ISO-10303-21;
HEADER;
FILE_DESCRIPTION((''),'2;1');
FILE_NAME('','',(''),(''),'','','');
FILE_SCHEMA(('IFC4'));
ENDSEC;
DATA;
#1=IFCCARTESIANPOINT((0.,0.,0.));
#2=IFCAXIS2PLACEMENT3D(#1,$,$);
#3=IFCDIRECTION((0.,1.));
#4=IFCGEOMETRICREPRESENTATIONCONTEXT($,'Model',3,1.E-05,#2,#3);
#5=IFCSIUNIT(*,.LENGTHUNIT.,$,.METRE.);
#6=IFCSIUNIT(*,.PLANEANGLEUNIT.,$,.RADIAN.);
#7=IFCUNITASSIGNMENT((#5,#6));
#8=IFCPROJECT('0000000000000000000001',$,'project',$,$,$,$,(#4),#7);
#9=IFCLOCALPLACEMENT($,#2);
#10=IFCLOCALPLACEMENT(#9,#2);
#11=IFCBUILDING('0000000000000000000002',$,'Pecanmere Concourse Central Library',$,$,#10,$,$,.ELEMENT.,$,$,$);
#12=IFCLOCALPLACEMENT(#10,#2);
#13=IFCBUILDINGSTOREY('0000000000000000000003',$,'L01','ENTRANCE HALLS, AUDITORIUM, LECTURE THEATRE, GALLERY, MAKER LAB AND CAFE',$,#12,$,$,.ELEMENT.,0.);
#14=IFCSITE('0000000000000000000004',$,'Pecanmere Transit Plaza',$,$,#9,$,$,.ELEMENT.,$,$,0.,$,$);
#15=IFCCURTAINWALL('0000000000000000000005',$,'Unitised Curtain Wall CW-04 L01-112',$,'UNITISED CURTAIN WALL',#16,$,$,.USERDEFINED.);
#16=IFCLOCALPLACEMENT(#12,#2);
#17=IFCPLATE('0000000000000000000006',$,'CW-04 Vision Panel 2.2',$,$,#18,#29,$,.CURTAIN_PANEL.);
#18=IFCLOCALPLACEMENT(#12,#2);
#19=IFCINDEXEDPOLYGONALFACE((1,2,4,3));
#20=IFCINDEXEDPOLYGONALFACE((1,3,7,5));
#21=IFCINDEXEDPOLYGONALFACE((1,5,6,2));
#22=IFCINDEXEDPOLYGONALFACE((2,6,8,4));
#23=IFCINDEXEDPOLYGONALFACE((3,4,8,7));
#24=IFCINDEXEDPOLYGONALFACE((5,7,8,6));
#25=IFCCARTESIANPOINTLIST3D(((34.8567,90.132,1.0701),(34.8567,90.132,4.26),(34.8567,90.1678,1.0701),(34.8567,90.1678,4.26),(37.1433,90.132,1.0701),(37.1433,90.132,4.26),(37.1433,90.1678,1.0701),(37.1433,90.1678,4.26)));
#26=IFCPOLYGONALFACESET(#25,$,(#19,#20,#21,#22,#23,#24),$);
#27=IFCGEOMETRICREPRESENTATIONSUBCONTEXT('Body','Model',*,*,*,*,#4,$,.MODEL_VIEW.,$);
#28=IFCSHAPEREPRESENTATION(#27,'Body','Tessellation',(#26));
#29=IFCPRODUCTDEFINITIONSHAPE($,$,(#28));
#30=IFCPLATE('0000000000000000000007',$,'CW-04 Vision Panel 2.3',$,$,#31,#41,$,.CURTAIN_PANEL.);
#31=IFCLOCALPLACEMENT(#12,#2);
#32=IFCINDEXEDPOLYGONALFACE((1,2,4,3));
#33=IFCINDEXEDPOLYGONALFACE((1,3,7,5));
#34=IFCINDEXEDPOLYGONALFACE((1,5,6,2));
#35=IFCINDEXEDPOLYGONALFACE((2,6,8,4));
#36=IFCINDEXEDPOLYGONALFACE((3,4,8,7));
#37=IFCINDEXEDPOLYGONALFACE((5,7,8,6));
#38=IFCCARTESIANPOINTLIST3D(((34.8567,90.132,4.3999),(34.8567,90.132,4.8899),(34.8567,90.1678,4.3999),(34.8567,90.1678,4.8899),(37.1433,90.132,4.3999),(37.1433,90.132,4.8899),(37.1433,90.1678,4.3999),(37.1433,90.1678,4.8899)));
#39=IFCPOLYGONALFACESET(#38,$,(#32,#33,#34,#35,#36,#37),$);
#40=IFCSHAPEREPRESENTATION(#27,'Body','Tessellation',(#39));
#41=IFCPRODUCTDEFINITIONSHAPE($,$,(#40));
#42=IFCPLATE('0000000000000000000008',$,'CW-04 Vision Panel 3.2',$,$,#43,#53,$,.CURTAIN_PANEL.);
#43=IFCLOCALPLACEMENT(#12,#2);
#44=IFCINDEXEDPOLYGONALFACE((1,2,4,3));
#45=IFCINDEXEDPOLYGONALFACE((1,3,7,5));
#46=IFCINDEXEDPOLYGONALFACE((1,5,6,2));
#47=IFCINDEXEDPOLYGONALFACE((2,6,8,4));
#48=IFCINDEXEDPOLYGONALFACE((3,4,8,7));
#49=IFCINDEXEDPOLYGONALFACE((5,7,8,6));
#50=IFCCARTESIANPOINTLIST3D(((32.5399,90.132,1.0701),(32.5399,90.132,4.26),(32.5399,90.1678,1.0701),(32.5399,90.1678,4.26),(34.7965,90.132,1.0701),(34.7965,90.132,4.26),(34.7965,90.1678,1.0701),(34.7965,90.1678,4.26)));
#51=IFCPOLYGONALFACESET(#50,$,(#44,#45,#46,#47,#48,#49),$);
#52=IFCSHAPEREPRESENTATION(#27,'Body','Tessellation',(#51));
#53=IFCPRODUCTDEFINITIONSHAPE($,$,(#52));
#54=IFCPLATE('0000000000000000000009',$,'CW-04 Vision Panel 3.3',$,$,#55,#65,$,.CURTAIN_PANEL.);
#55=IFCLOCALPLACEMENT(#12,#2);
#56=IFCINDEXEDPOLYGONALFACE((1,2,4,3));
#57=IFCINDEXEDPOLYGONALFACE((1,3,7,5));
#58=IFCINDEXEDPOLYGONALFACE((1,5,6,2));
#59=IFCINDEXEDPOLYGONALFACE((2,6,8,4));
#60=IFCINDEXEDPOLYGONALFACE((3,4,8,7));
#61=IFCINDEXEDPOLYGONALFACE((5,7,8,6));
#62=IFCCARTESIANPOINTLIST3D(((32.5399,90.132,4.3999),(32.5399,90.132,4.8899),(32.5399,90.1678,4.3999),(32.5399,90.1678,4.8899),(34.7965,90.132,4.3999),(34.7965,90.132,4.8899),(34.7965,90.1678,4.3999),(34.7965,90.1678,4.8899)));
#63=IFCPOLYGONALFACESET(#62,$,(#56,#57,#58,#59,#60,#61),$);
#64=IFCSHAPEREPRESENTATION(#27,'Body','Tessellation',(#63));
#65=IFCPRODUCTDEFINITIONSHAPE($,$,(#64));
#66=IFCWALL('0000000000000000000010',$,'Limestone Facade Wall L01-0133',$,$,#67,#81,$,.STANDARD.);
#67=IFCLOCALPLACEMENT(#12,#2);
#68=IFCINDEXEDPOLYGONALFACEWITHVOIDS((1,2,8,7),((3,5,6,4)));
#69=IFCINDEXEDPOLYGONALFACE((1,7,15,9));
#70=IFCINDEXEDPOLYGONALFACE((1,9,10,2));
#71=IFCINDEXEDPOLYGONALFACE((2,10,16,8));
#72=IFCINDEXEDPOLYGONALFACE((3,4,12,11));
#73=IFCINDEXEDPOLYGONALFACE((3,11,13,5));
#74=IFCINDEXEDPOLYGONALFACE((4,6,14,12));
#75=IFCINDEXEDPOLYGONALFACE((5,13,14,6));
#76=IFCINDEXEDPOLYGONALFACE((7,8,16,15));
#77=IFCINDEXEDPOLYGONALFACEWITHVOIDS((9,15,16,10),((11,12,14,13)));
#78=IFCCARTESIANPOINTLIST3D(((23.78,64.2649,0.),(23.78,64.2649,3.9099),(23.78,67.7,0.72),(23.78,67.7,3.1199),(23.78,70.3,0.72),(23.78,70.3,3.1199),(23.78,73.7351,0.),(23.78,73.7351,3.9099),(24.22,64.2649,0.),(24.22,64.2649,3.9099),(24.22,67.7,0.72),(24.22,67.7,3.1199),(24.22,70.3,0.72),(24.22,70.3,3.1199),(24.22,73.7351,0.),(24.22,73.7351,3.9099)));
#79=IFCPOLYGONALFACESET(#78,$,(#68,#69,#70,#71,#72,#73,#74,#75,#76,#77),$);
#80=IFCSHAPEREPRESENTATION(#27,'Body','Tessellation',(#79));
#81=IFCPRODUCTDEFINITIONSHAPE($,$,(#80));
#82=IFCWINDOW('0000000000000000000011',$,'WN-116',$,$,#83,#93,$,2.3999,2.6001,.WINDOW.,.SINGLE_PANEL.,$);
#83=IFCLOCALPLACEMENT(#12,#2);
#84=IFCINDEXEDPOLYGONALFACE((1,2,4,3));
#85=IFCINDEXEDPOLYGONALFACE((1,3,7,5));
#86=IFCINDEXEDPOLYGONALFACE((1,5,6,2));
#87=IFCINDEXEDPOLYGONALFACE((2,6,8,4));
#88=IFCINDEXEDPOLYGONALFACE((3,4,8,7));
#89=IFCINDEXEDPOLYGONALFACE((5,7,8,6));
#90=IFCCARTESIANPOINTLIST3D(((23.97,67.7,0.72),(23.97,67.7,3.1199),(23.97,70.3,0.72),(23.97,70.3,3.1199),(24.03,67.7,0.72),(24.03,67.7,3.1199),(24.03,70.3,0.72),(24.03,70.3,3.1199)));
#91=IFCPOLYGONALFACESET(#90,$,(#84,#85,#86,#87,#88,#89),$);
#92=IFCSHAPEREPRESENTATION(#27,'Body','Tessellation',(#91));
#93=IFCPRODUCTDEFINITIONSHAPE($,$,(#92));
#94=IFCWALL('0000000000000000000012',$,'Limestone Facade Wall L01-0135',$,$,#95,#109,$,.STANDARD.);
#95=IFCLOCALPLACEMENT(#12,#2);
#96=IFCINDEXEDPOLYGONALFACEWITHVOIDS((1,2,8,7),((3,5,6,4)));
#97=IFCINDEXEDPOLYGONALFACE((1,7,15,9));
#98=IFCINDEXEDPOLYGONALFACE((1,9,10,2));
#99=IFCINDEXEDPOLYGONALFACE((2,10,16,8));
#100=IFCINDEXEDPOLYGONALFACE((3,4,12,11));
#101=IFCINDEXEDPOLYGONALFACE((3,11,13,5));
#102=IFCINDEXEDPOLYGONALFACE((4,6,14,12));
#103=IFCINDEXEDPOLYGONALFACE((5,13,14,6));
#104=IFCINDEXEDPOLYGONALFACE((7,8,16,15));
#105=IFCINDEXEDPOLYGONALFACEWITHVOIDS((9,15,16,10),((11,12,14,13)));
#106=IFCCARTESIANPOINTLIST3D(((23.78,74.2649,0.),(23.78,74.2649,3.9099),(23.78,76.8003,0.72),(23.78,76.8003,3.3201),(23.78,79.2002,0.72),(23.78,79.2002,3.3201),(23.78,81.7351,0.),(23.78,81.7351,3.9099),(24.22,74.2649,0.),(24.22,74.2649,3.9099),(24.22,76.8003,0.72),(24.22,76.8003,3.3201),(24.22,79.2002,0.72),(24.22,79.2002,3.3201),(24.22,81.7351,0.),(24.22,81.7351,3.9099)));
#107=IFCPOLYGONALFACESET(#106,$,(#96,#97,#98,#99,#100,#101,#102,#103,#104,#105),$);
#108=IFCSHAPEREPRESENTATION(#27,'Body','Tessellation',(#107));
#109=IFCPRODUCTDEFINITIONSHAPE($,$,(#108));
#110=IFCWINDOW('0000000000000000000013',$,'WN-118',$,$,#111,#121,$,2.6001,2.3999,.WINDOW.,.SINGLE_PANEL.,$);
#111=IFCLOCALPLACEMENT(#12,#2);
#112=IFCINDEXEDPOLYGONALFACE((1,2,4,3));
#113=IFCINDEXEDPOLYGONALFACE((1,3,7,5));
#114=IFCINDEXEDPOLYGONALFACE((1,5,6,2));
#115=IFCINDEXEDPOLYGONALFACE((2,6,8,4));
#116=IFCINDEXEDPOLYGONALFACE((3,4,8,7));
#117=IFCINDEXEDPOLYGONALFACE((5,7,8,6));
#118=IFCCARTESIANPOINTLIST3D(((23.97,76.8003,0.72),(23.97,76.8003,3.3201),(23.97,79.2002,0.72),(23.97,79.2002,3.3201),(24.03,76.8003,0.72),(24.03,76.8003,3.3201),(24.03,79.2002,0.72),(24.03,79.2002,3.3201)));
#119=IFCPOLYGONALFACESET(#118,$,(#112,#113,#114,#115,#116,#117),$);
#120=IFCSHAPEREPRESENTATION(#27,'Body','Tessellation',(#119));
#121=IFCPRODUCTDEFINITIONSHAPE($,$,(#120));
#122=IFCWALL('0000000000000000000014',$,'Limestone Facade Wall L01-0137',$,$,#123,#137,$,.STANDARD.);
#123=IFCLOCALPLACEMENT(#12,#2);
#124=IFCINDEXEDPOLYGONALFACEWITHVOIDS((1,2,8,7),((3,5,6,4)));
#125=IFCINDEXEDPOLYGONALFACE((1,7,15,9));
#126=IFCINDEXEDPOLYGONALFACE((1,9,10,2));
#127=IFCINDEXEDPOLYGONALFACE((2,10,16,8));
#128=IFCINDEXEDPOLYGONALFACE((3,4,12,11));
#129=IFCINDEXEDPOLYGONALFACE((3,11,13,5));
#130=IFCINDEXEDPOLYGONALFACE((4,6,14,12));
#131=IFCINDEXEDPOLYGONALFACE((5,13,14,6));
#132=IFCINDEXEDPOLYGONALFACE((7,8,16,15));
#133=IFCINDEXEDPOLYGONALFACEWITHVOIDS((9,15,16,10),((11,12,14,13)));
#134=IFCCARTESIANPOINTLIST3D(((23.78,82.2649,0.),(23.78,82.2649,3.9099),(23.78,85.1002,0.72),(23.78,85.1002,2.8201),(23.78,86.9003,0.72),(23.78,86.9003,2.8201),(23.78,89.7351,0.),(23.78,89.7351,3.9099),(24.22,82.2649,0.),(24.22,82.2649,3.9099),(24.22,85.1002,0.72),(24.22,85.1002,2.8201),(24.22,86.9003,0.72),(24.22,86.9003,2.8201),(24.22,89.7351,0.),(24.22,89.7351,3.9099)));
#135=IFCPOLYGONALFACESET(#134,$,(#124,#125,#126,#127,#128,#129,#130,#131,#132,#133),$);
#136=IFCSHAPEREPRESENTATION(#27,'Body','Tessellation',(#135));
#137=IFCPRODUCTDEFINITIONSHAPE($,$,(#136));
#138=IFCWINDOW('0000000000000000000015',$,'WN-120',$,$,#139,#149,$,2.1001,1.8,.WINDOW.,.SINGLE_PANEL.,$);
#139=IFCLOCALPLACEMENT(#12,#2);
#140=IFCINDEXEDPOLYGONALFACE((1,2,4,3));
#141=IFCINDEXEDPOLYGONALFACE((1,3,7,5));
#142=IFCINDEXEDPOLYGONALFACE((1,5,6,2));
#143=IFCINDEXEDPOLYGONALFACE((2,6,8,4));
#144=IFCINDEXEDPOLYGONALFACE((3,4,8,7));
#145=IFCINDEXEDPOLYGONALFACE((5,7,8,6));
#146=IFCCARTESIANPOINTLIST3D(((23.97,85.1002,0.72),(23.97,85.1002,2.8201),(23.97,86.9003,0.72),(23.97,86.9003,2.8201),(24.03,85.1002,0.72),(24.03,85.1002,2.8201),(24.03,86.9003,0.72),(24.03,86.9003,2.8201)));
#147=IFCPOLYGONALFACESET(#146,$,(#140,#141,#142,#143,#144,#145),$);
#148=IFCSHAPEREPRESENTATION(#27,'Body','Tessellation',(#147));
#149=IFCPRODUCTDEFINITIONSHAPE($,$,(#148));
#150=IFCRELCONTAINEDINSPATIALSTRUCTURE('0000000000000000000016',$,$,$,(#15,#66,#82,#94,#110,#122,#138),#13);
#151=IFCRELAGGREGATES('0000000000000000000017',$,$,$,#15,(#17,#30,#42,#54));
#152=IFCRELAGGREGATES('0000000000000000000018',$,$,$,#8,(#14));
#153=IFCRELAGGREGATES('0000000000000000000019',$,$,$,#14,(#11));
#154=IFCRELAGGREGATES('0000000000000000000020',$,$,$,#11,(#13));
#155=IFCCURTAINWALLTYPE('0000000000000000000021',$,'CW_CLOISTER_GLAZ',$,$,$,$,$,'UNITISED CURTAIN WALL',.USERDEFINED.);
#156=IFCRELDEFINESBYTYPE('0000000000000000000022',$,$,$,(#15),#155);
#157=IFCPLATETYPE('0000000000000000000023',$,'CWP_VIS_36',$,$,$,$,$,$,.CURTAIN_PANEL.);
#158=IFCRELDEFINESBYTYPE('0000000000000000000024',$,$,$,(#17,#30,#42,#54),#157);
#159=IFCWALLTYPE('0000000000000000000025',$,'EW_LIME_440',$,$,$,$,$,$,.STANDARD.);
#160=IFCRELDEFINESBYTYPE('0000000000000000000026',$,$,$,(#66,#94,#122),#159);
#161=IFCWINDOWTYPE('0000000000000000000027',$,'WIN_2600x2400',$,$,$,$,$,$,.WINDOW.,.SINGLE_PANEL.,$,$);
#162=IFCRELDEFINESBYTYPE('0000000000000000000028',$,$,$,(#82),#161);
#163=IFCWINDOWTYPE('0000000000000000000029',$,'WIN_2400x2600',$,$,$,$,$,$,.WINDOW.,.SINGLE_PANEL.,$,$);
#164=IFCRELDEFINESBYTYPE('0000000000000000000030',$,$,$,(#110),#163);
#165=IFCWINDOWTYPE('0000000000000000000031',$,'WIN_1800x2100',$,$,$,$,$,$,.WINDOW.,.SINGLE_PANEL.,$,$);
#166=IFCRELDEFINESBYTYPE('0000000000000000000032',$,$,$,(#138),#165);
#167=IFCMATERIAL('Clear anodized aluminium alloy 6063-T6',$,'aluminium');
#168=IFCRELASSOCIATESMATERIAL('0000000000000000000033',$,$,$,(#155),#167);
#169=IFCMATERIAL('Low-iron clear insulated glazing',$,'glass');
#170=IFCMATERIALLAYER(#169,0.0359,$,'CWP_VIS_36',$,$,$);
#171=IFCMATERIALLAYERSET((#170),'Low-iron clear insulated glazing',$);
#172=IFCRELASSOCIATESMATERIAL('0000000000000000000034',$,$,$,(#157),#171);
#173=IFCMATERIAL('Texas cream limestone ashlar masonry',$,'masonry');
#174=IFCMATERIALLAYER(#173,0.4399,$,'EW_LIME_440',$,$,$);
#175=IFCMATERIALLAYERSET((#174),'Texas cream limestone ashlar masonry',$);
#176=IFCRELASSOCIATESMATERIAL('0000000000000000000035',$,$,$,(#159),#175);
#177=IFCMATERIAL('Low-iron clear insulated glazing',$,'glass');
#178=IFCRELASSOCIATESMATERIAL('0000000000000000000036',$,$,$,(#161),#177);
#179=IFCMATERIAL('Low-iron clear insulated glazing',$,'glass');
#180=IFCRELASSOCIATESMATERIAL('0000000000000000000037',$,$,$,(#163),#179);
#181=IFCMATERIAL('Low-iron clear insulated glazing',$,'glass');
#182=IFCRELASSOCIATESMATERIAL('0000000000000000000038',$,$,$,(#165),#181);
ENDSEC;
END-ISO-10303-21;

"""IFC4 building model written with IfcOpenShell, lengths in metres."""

from ifc_helpers import new_model, si_unit, direction, frame, frame_2d, origin, origin_2d, place, context, subcontext, project, spatial, rectangle, extrude, material, layer, layer_set, type_object, element, fill, aggregate, save


model = new_model("IFC4")

# Units and contexts
model_context = context("Model", 3, precision=1e-05, world=origin(), true_north=direction((0.0, 1.0)))
body_context = subcontext(model_context, "Body", "Model", "MODEL_VIEW")
ifc_project = project(units=[si_unit("LENGTHUNIT", "METRE"), si_unit("PLANEANGLEUNIT", "RADIAN")], contexts=[model_context])

# Site, building, storey
site_placement = place(None, origin())
site = spatial("IfcSite", under=ifc_project, at=site_placement, Name="Pecanmere Transit Plaza", CompositionType="ELEMENT", RefElevation=0.0)
building_placement = place(site_placement, origin())
building = spatial("IfcBuilding", under=site, at=building_placement, Name="Pecanmere Concourse Central Library", CompositionType="ELEMENT")
storey_placement = place(building_placement, origin())
storey = spatial("IfcBuildingStorey", under=building, at=storey_placement, Name="L01", Description="ENTRANCE HALLS, AUDITORIUM, LECTURE THEATRE, GALLERY, MAKER LAB AND CAFE", CompositionType="ELEMENT", Elevation=0.0)

# Curtain wall, plates
ifc_material_1 = material(Name="Clear anodized aluminium alloy 6063-T6", Category="aluminium")
curtain_wall_type = type_object("IfcCurtainWallType", Name="CW_CLOISTER_GLAZ", ElementType="UNITISED CURTAIN WALL", PredefinedType="USERDEFINED", material=ifc_material_1)
curtain_wall_placement = place(storey_placement, origin())
curtain_wall = element("IfcCurtainWall", 1, at=curtain_wall_placement, inside=storey, type_object=curtain_wall_type, Name="Unitised Curtain Wall CW-04 L01-112", ObjectType="UNITISED CURTAIN WALL", PredefinedType="USERDEFINED")
ifc_material_2 = material(Name="Low-iron clear insulated glazing", Category="glass")
ifc_layer_1 = layer(ifc_material_2, 0.0359, Name="CWP_VIS_36")
ifc_layer_set_1 = layer_set([ifc_layer_1], Name="Low-iron clear insulated glazing")
plate_type_1 = type_object("IfcPlateType", Name="CWP_VIS_36", PredefinedType="CURTAIN_PANEL", material=ifc_layer_set_1)
plate_1_placement = place(storey_placement, frame((36.0, 90.1499, 1.0701), z_axis=(0.0, 0.0, 1.0), x_axis=(-1.0, 0.0, 0.0)))
plate_1 = element("IfcPlate", 2, at=plate_1_placement, type_object=plate_type_1, Name="CW-04 Vision Panel 2.2", PredefinedType="CURTAIN_PANEL", context=body_context, shape_type="SweptSolid", body=[
    extrude(rectangle(XDim=2.2866, YDim=0.0359, at=origin_2d()), origin(), (0.0, 0.0, 1.0), 3.1899),
])
plate_2_placement = place(storey_placement, frame((36.0, 90.1499, 4.3999), z_axis=(0.0, 0.0, 1.0), x_axis=(-1.0, 0.0, 0.0)))
plate_2 = element("IfcPlate", 3, at=plate_2_placement, type_object=plate_type_1, Name="CW-04 Vision Panel 2.3", PredefinedType="CURTAIN_PANEL", context=body_context, shape_type="SweptSolid", body=[
    extrude(rectangle(XDim=2.2866, YDim=0.0359, at=origin_2d()), origin(), (0.0, 0.0, 1.0), 0.49),
])
plate_3_placement = place(storey_placement, frame((33.6682, 90.1499, 1.0701), z_axis=(0.0, 0.0, 1.0), x_axis=(-1.0, 0.0, 0.0)))
plate_3 = element("IfcPlate", 4, at=plate_3_placement, type_object=plate_type_1, Name="CW-04 Vision Panel 3.2", PredefinedType="CURTAIN_PANEL", context=body_context, shape_type="SweptSolid", body=[
    extrude(rectangle(XDim=2.2566, YDim=0.0359, at=origin_2d()), origin(), (0.0, 0.0, 1.0), 3.1899),
])
plate_4_placement = place(storey_placement, frame((33.6682, 90.1499, 4.3999), z_axis=(0.0, 0.0, 1.0), x_axis=(-1.0, 0.0, 0.0)))
plate_4 = element("IfcPlate", 5, at=plate_4_placement, type_object=plate_type_1, Name="CW-04 Vision Panel 3.3", PredefinedType="CURTAIN_PANEL", context=body_context, shape_type="SweptSolid", body=[
    extrude(rectangle(XDim=2.2566, YDim=0.0359, at=origin_2d()), origin(), (0.0, 0.0, 1.0), 0.49),
])
aggregate(curtain_wall, [plate_1, plate_2, plate_3, plate_4])

# Walls, openings, windows
ifc_material_3 = material(Name="Texas cream limestone ashlar masonry", Category="masonry")
ifc_layer_2 = layer(ifc_material_3, 0.4399, Name="EW_LIME_440")
ifc_layer_set_2 = layer_set([ifc_layer_2], Name="Texas cream limestone ashlar masonry")
wall_type = type_object("IfcWallType", Name="EW_LIME_440", PredefinedType="STANDARD", material=ifc_layer_set_2)
wall_1_placement = place(storey_placement, frame((24.0, 73.7351, 0.0), z_axis=(0.0, 0.0, 1.0), x_axis=(0.0, -1.0, 0.0)))
wall_1 = element("IfcWall", 6, at=wall_1_placement, inside=storey, type_object=wall_type, Name="Limestone Facade Wall L01-0133", PredefinedType="STANDARD", context=body_context, shape_type="SweptSolid", body=[
    extrude(rectangle(XDim=9.4702, YDim=0.4399, at=frame_2d((4.7351, 0.0))), origin(), (0.0, 0.0, 1.0), 3.9099),
])
opening_1_placement = place(wall_1_placement, frame((3.4351, 0.0, 0.72)))
opening_1 = element("IfcOpeningElement", 7, at=opening_1_placement, cuts=wall_1, PredefinedType="OPENING", context=body_context, shape_type="SweptSolid", body=[
    extrude(rectangle(XDim=2.6001, YDim=2.3999, at=frame_2d((1.3, 1.2))), frame((0.0, 0.2319, 0.0), z_axis=(0.0, -1.0, 0.0), x_axis=(1.0, 0.0, 0.0)), (0.0, 0.0, 1.0), 0.4639),
])
ifc_material_4 = material(Name="Low-iron clear insulated glazing", Category="glass")
window_type_1 = type_object("IfcWindowType", Name="WIN_2600x2400", PartitioningType="SINGLE_PANEL", PredefinedType="WINDOW", material=ifc_material_4)
window_1_placement = place(opening_1_placement, origin())
window_1 = element("IfcWindow", 8, at=window_1_placement, inside=storey, type_object=window_type_1, Name="WN-116", OverallHeight=2.3999, OverallWidth=2.6001, PartitioningType="SINGLE_PANEL", PredefinedType="WINDOW", context=body_context, shape_type="SweptSolid", body=[
    extrude(rectangle(XDim=2.6001, YDim=2.3999, at=frame_2d((1.3, 1.2))), frame((0.0, 0.03, 0.0), z_axis=(0.0, -1.0, 0.0), x_axis=(1.0, 0.0, 0.0)), (0.0, 0.0, 1.0), 0.0601),
])
fill(opening_1, window_1)
wall_2_placement = place(storey_placement, frame((24.0, 81.7351, 0.0), z_axis=(0.0, 0.0, 1.0), x_axis=(0.0, -1.0, 0.0)))
wall_2 = element("IfcWall", 9, at=wall_2_placement, inside=storey, type_object=wall_type, Name="Limestone Facade Wall L01-0135", PredefinedType="STANDARD", context=body_context, shape_type="SweptSolid", body=[
    extrude(rectangle(XDim=7.4702, YDim=0.4399, at=frame_2d((3.7351, 0.0))), origin(), (0.0, 0.0, 1.0), 3.9099),
])
opening_2_placement = place(wall_2_placement, frame((2.5349, 0.0, 0.72)))
opening_2 = element("IfcOpeningElement", 10, at=opening_2_placement, cuts=wall_2, PredefinedType="OPENING", context=body_context, shape_type="SweptSolid", body=[
    extrude(rectangle(XDim=2.3999, YDim=2.6001, at=frame_2d((1.2, 1.3))), frame((0.0, 0.2319, 0.0), z_axis=(0.0, -1.0, 0.0), x_axis=(1.0, 0.0, 0.0)), (0.0, 0.0, 1.0), 0.4639),
])
ifc_material_5 = material(Name="Low-iron clear insulated glazing", Category="glass")
window_type_2 = type_object("IfcWindowType", Name="WIN_2400x2600", PartitioningType="SINGLE_PANEL", PredefinedType="WINDOW", material=ifc_material_5)
window_2_placement = place(opening_2_placement, origin())
window_2 = element("IfcWindow", 11, at=window_2_placement, inside=storey, type_object=window_type_2, Name="WN-118", OverallHeight=2.6001, OverallWidth=2.3999, PartitioningType="SINGLE_PANEL", PredefinedType="WINDOW", context=body_context, shape_type="SweptSolid", body=[
    extrude(rectangle(XDim=2.3999, YDim=2.6001, at=frame_2d((1.2, 1.3))), frame((0.0, 0.03, 0.0), z_axis=(0.0, -1.0, 0.0), x_axis=(1.0, 0.0, 0.0)), (0.0, 0.0, 1.0), 0.0601),
])
fill(opening_2, window_2)
wall_3_placement = place(storey_placement, frame((24.0, 89.7351, 0.0), z_axis=(0.0, 0.0, 1.0), x_axis=(0.0, -1.0, 0.0)))
wall_3 = element("IfcWall", 12, at=wall_3_placement, inside=storey, type_object=wall_type, Name="Limestone Facade Wall L01-0137", PredefinedType="STANDARD", context=body_context, shape_type="SweptSolid", body=[
    extrude(rectangle(XDim=7.4702, YDim=0.4399, at=frame_2d((3.7351, 0.0))), origin(), (0.0, 0.0, 1.0), 3.9099),
])
opening_3_placement = place(wall_3_placement, frame((2.835, 0.0, 0.72)))
opening_3 = element("IfcOpeningElement", 13, at=opening_3_placement, cuts=wall_3, PredefinedType="OPENING", context=body_context, shape_type="SweptSolid", body=[
    extrude(rectangle(XDim=1.8, YDim=2.1001, at=frame_2d((0.8999, 1.05))), frame((0.0, 0.2319, 0.0), z_axis=(0.0, -1.0, 0.0), x_axis=(1.0, 0.0, 0.0)), (0.0, 0.0, 1.0), 0.4639),
])
ifc_material_6 = material(Name="Low-iron clear insulated glazing", Category="glass")
window_type_3 = type_object("IfcWindowType", Name="WIN_1800x2100", PartitioningType="SINGLE_PANEL", PredefinedType="WINDOW", material=ifc_material_6)
window_3_placement = place(opening_3_placement, origin())
window_3 = element("IfcWindow", 14, at=window_3_placement, inside=storey, type_object=window_type_3, Name="WN-120", OverallHeight=2.1001, OverallWidth=1.8, PartitioningType="SINGLE_PANEL", PredefinedType="WINDOW", context=body_context, shape_type="SweptSolid", body=[
    extrude(rectangle(XDim=1.8, YDim=2.1001, at=frame_2d((0.8999, 1.05))), frame((0.0, 0.03, 0.0), z_axis=(0.0, -1.0, 0.0), x_axis=(1.0, 0.0, 0.0)), (0.0, 0.0, 1.0), 0.0601),
])
fill(opening_3, window_3)

save(model, "model.ifc")
